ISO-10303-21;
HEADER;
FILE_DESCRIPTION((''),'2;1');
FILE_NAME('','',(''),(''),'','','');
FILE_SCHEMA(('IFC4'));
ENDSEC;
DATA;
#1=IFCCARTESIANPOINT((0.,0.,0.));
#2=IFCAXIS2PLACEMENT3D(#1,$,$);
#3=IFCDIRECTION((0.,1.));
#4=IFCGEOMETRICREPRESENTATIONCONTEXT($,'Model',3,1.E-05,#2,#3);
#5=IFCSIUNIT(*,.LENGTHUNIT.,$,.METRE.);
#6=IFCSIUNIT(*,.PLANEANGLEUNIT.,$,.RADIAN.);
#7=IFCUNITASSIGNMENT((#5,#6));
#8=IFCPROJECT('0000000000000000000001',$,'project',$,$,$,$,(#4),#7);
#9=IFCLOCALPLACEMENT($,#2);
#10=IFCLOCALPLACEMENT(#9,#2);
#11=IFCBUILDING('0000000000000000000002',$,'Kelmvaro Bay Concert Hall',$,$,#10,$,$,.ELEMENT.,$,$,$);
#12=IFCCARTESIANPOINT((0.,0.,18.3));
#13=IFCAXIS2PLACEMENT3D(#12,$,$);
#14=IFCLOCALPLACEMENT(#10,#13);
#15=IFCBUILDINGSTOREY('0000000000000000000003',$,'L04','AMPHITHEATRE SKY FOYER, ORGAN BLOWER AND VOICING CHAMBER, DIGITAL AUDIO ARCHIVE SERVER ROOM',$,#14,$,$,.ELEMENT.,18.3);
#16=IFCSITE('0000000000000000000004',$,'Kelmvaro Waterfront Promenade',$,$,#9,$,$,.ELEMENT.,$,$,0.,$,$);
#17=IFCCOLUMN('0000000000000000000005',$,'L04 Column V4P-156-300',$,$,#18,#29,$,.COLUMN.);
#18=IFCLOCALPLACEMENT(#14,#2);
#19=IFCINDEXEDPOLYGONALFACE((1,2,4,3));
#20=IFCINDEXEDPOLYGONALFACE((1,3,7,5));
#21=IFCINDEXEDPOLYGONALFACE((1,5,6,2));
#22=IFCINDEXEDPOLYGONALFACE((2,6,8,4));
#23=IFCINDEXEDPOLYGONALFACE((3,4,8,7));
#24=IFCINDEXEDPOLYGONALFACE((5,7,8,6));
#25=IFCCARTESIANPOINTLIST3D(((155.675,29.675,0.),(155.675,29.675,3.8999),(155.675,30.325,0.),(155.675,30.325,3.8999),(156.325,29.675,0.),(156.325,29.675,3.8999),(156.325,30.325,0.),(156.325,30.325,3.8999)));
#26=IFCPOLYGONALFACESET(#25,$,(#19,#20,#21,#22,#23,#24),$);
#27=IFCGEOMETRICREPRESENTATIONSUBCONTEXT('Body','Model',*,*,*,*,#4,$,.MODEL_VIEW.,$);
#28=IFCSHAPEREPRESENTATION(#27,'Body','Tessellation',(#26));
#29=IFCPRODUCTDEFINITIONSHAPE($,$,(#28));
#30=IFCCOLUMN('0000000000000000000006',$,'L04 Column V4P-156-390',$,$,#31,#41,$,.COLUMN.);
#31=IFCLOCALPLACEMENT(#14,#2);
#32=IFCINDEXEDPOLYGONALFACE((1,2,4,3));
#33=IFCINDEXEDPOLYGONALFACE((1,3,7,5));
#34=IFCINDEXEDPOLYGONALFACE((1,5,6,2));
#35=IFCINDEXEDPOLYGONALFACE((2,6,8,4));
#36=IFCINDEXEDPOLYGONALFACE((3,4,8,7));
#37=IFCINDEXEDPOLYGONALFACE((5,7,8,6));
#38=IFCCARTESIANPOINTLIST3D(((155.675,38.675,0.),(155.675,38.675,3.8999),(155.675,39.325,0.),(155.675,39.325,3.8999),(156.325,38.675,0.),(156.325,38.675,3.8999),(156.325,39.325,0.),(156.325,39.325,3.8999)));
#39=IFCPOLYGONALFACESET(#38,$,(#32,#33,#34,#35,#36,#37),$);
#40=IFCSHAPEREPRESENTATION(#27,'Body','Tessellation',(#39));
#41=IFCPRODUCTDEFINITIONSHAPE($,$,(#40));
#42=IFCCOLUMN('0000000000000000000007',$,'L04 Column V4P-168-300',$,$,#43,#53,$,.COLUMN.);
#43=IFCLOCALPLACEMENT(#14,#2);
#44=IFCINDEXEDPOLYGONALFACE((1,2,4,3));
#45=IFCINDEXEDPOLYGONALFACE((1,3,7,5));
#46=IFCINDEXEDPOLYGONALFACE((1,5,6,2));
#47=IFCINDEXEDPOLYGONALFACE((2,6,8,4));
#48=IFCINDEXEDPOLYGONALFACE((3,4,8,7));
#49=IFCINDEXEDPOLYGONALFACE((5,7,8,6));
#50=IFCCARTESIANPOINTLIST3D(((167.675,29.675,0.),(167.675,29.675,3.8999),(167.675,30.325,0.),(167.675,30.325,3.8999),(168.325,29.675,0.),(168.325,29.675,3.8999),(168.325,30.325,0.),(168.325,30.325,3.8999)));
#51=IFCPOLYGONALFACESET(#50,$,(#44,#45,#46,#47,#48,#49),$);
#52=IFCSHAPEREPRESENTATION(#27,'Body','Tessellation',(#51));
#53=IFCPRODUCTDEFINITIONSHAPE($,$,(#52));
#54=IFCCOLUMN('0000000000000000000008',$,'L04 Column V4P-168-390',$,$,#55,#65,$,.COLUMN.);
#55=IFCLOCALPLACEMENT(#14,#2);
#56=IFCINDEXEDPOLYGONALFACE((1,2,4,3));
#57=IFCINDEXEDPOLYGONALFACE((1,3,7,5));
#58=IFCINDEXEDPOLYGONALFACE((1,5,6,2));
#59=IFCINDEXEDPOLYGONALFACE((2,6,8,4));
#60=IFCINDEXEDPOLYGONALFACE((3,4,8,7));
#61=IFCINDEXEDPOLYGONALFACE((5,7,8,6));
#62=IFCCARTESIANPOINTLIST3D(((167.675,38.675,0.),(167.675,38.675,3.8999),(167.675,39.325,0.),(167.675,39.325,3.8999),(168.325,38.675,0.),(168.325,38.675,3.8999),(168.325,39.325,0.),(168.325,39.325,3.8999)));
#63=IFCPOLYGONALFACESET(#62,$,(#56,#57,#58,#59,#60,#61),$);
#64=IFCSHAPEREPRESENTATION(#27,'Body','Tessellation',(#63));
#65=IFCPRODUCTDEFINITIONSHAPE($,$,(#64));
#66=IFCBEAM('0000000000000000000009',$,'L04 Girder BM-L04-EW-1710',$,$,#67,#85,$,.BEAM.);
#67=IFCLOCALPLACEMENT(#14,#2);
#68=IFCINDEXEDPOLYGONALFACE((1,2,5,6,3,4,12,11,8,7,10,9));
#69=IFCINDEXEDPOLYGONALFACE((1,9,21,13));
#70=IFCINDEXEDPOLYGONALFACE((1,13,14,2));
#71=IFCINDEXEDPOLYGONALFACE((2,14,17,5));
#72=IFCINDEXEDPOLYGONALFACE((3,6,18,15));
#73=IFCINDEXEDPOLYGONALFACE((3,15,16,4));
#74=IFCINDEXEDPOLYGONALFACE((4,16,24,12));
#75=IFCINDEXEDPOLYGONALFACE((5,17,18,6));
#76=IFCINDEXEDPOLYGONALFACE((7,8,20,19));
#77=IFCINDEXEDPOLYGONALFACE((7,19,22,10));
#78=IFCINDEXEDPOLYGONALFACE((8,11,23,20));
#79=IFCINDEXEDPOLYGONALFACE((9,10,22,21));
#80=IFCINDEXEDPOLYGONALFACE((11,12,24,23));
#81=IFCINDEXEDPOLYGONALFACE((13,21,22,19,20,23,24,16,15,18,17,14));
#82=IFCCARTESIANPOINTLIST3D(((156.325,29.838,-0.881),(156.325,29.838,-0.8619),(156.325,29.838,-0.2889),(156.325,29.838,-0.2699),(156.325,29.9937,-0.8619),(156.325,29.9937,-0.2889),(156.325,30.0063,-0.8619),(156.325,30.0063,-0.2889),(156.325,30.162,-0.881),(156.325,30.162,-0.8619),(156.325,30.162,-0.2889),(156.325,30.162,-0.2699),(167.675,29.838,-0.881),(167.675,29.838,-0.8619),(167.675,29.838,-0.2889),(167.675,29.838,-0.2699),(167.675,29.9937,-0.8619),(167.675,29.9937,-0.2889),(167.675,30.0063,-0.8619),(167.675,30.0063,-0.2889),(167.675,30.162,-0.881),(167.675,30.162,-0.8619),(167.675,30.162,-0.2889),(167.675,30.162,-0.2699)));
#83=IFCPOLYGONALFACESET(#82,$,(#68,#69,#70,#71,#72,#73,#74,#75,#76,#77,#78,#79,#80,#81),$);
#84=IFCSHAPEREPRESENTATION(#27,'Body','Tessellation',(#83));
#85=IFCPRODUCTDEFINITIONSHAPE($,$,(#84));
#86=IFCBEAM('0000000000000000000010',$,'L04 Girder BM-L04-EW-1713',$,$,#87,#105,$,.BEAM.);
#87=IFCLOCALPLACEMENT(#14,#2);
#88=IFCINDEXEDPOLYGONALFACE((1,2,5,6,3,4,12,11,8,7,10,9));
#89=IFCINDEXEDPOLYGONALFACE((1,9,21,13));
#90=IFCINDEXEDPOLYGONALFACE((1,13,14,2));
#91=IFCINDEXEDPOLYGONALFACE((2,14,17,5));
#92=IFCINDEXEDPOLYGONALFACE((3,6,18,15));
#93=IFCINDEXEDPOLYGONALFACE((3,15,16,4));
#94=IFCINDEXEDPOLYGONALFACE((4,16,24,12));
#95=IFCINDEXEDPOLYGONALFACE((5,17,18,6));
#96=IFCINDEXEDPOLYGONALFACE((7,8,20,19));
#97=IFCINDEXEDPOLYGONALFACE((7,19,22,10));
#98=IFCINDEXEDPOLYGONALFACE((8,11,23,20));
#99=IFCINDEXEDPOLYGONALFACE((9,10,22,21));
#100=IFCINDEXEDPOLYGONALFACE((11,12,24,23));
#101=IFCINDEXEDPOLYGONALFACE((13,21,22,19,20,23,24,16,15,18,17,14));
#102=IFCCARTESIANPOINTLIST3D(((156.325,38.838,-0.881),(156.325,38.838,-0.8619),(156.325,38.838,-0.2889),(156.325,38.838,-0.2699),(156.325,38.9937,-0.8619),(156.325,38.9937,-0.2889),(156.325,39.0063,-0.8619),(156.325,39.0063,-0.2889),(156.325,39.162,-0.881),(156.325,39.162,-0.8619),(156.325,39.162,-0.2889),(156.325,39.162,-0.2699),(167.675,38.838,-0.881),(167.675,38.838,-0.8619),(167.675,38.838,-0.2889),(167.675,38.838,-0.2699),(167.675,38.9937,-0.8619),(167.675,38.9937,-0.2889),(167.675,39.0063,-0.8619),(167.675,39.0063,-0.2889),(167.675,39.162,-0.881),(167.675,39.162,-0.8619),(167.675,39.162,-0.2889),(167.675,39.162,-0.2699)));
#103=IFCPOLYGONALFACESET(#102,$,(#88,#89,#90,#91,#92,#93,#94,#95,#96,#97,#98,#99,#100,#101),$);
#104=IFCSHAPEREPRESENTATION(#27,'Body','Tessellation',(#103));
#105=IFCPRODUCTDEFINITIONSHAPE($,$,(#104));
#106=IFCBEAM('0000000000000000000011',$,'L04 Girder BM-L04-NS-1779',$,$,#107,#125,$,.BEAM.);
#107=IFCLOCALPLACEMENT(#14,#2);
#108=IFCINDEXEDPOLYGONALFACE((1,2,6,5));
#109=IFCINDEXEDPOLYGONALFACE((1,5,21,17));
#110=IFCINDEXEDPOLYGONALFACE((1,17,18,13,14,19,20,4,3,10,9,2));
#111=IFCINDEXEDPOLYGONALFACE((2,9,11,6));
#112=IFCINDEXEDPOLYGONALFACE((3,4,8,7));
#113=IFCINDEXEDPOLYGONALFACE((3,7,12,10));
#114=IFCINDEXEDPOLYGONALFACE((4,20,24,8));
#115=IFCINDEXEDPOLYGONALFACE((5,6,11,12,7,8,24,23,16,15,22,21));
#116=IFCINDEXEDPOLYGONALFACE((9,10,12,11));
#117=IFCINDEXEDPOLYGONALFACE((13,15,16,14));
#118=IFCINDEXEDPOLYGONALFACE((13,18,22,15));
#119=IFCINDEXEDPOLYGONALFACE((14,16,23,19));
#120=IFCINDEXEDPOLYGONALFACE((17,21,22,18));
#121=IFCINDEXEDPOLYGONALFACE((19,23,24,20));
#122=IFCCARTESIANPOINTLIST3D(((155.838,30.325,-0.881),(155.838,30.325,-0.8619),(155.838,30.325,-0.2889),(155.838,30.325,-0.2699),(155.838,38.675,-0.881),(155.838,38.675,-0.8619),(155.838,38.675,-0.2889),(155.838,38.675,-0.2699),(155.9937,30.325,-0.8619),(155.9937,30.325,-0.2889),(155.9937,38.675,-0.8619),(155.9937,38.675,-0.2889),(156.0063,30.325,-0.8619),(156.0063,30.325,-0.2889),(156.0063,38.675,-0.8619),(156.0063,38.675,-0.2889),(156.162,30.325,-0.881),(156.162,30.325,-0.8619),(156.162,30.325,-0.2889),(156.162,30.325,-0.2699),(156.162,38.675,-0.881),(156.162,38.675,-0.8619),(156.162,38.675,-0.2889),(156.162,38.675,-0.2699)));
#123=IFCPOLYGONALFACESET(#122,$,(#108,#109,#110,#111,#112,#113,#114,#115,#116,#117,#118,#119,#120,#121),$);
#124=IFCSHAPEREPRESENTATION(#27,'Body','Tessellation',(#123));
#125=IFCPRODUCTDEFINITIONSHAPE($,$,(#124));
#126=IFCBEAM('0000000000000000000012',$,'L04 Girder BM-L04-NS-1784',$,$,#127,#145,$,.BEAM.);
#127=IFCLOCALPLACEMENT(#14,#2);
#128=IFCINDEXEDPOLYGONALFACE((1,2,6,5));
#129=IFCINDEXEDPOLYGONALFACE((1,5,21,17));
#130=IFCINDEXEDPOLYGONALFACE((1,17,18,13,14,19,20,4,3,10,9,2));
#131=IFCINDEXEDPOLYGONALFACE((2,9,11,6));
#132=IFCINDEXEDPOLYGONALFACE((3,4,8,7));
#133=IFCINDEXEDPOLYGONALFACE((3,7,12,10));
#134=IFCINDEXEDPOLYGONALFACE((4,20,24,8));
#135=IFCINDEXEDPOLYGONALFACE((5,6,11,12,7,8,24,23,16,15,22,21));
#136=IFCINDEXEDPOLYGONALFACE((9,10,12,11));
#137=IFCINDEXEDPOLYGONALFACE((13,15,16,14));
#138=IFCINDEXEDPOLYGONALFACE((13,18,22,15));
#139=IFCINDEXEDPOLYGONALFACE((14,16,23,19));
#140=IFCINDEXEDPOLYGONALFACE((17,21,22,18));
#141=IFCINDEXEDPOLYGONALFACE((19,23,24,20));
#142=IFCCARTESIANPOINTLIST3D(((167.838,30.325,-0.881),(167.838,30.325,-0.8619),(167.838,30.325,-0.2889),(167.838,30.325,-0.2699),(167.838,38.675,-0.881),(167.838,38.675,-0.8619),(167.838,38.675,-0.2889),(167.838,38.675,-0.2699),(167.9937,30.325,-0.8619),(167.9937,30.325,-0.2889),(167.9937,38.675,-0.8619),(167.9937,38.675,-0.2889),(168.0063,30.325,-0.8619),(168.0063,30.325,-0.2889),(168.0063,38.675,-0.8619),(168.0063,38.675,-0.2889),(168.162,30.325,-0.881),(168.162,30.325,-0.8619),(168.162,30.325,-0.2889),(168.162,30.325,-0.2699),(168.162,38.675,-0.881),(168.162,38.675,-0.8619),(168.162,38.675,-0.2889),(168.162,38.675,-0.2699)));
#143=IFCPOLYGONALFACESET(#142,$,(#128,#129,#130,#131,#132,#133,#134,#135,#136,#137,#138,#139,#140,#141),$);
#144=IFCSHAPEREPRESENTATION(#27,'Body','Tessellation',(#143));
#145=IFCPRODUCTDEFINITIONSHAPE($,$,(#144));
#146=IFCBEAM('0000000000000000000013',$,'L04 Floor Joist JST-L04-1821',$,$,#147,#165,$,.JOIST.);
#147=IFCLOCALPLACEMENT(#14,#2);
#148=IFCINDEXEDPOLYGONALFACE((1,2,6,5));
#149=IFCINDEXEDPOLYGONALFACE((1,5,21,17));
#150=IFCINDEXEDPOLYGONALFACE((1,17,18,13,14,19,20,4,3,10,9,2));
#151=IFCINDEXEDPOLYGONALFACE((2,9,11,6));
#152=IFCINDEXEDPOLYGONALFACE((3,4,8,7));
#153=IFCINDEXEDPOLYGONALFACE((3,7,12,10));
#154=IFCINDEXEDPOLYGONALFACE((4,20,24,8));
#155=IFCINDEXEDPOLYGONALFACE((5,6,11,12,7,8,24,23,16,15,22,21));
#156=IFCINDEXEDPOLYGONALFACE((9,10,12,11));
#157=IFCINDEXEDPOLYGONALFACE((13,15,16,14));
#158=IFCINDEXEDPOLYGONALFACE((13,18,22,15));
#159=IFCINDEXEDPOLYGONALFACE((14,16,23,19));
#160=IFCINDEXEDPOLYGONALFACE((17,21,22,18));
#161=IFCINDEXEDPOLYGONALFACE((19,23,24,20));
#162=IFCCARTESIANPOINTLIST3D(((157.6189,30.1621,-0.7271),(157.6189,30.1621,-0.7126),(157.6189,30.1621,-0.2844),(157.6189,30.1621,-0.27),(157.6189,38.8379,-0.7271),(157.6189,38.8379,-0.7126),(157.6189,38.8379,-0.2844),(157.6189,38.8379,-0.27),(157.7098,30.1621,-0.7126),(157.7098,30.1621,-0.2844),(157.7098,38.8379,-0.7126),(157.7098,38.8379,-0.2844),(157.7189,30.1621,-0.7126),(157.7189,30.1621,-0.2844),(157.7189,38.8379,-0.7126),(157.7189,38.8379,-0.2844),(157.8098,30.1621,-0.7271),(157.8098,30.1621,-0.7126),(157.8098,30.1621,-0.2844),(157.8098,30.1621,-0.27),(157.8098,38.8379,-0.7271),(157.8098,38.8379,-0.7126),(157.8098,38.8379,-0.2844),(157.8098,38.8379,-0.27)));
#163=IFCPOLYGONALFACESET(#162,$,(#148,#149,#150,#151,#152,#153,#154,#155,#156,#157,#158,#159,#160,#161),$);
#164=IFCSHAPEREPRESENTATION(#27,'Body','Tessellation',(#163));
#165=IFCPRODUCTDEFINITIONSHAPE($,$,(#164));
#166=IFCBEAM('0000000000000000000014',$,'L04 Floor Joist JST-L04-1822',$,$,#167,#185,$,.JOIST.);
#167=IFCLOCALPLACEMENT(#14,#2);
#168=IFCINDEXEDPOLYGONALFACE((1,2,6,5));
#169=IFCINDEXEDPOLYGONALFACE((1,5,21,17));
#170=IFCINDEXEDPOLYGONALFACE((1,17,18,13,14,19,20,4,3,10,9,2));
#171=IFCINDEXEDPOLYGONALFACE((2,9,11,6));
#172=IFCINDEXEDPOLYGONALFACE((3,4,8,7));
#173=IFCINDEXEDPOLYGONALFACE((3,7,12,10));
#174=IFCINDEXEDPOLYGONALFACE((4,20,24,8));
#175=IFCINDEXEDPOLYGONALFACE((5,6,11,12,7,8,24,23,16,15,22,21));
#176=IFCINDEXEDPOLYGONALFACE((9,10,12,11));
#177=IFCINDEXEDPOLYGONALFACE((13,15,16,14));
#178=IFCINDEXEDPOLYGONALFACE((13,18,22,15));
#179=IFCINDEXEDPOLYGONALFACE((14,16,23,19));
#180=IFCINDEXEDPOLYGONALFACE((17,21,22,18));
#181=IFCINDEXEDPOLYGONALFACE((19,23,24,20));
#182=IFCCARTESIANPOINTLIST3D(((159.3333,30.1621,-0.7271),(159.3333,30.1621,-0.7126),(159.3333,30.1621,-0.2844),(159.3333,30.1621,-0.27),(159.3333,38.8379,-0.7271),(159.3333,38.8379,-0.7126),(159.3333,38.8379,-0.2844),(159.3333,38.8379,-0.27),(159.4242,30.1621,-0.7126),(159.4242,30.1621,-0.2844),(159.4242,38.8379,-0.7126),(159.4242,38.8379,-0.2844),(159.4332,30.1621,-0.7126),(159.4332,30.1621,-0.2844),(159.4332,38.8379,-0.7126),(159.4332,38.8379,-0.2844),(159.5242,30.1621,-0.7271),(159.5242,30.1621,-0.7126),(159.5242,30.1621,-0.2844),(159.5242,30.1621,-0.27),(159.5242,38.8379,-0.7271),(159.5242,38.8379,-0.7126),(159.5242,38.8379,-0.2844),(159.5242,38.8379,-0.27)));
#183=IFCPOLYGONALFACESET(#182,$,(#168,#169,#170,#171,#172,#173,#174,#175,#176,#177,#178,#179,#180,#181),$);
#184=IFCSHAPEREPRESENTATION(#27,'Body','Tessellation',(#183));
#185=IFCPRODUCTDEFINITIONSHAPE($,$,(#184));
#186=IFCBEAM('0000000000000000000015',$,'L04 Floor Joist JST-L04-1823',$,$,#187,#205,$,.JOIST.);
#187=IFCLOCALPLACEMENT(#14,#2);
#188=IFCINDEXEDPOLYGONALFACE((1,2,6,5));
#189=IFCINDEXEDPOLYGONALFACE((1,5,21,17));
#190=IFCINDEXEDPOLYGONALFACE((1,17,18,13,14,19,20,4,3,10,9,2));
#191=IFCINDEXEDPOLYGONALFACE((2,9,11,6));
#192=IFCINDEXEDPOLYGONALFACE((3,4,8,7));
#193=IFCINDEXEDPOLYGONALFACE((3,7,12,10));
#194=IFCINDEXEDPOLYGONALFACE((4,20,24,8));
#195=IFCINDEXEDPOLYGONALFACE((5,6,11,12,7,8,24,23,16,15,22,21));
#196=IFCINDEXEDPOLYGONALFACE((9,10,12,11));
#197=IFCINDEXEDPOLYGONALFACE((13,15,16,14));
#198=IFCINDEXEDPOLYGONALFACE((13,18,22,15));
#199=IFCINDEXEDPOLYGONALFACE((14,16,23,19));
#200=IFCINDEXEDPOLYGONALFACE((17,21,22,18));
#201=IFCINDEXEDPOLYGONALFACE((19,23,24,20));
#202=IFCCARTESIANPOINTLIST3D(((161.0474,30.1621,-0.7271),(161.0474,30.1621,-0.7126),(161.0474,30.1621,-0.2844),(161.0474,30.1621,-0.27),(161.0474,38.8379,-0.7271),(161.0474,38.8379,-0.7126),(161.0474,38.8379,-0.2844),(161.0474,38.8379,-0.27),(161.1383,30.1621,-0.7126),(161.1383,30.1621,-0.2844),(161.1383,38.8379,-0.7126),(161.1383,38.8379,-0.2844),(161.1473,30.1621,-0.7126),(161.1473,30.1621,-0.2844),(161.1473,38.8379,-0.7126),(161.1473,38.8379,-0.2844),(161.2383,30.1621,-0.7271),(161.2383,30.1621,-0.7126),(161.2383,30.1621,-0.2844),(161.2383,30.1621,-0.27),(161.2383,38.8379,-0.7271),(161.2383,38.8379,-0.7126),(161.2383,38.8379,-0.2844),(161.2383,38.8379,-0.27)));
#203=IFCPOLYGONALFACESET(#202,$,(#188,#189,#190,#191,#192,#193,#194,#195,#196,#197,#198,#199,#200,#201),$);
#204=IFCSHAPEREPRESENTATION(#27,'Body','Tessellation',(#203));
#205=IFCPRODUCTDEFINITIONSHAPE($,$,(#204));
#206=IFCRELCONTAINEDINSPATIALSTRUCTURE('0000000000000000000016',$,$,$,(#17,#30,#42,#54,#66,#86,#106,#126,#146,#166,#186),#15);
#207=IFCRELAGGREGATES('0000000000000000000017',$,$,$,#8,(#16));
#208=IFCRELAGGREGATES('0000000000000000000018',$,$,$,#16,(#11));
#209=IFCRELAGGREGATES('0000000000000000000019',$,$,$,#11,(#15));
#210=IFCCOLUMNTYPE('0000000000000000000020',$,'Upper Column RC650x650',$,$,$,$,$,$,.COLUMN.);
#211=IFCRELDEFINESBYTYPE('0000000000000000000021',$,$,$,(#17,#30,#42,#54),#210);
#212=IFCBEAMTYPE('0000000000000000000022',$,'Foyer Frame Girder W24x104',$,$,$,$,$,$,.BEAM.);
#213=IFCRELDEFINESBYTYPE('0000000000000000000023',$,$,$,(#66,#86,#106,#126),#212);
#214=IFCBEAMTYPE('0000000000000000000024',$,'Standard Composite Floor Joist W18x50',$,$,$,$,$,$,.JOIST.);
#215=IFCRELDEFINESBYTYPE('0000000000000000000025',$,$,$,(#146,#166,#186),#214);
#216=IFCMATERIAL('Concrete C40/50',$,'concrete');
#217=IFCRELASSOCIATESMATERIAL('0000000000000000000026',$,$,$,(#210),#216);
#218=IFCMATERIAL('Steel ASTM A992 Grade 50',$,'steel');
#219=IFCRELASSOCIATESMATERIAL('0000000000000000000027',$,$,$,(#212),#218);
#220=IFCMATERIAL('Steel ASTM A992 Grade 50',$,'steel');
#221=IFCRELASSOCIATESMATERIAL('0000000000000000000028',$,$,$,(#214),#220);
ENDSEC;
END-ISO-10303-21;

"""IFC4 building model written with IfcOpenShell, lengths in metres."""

from ifc_helpers import new_model, si_unit, direction, frame, origin, origin_2d, place, context, subcontext, project, spatial, rectangle, i_section, extrude, material, material_profile, profile_set, type_object, element, save


model = new_model("IFC4")

# Units and contexts
model_context = context("Model", 3, precision=1e-05, world=origin(), true_north=direction((0.0, 1.0)))
body_context = subcontext(model_context, "Body", "Model", "MODEL_VIEW")
ifc_project = project(units=[si_unit("LENGTHUNIT", "METRE"), si_unit("PLANEANGLEUNIT", "RADIAN")], contexts=[model_context])

# Site, building, storey
site_placement = place(None, origin())
site = spatial("IfcSite", under=ifc_project, at=site_placement, Name="Kelmvaro Waterfront Promenade", CompositionType="ELEMENT", RefElevation=0.0)
building_placement = place(site_placement, origin())
building = spatial("IfcBuilding", under=site, at=building_placement, Name="Kelmvaro Bay Concert Hall", CompositionType="ELEMENT")
storey_placement = place(building_placement, frame((0.0, 0.0, 18.3)))
storey = spatial("IfcBuildingStorey", under=building, at=storey_placement, Name="L04", Description="AMPHITHEATRE SKY FOYER, ORGAN BLOWER AND VOICING CHAMBER, DIGITAL AUDIO ARCHIVE SERVER ROOM", CompositionType="ELEMENT", Elevation=18.3)

# Columns
ifc_material_1 = material(Name="Concrete C40/50", Category="concrete")
ifc_material_profile_1 = material_profile(ifc_material_1, rectangle(XDim=0.6499, YDim=0.6499, at=origin_2d()), Name="RC-COL-650X650")
ifc_profile_set_1 = profile_set([ifc_material_profile_1], Name="Concrete C40/50")
column_type = type_object("IfcColumnType", Name="Upper Column RC650x650", PredefinedType="COLUMN", material=ifc_profile_set_1)
for number, where, z_axis, x_axis, name in (
    (1, (156.0, 30.0, 0.0), (0.0, 0.0, 1.0), (1.0, 0.0, 0.0), "L04 Column V4P-156-300"),
    (2, (156.0, 39.0, 0.0), (0.0, 0.0, 1.0), (1.0, 0.0, 0.0), "L04 Column V4P-156-390"),
    (3, (168.0, 30.0, 0.0), (0.0, 0.0, 1.0), (1.0, 0.0, 0.0), "L04 Column V4P-168-300"),
    (4, (168.0, 39.0, 0.0), (0.0, 0.0, 1.0), (1.0, 0.0, 0.0), "L04 Column V4P-168-390"),
):
    element("IfcColumn", number, at=place(storey_placement, frame(where, z_axis=z_axis, x_axis=x_axis)), inside=storey, type_object=column_type, Name=name, PredefinedType="COLUMN", context=body_context, shape_type="SweptSolid", body=[
        extrude(rectangle(XDim=0.6499, YDim=0.6499, at=origin_2d()), origin(), (0.0, 0.0, 1.0), 3.8999),
    ])

# Beams
ifc_material_2 = material(Name="Steel ASTM A992 Grade 50", Category="steel")
ifc_material_profile_2 = material_profile(ifc_material_2, i_section(OverallWidth=0.324, OverallDepth=0.6111, WebThickness=0.0127, FlangeThickness=0.019, at=origin_2d()), Name="W24X104")
ifc_profile_set_2 = profile_set([ifc_material_profile_2], Name="Steel ASTM A992 Grade 50")
beam_type_1 = type_object("IfcBeamType", Name="Foyer Frame Girder W24x104", PredefinedType="BEAM", material=ifc_profile_set_2)
for number, where, z_axis, x_axis, name in (
    (5, (156.325, 30.0, -0.5754), (1.0, 0.0, 0.0), (0.0, 1.0, 0.0), "L04 Girder BM-L04-EW-1710"),
    (6, (156.325, 39.0, -0.5754), (1.0, 0.0, 0.0), (0.0, 1.0, 0.0), "L04 Girder BM-L04-EW-1713"),
):
    element("IfcBeam", number, at=place(storey_placement, frame(where, z_axis=z_axis, x_axis=x_axis)), inside=storey, type_object=beam_type_1, Name=name, PredefinedType="BEAM", context=body_context, shape_type="SweptSolid", body=[
        extrude(i_section(OverallWidth=0.324, OverallDepth=0.6111, WebThickness=0.0127, FlangeThickness=0.019, at=origin_2d()), origin(), (0.0, 0.0, 1.0), 11.3501),
    ])
for number, where, z_axis, x_axis, name in (
    (7, (156.0, 30.325, -0.5754), (0.0, 1.0, 0.0), (-1.0, 0.0, 0.0), "L04 Girder BM-L04-NS-1779"),
    (8, (168.0, 30.325, -0.5754), (0.0, 1.0, 0.0), (-1.0, 0.0, 0.0), "L04 Girder BM-L04-NS-1784"),
):
    element("IfcBeam", number, at=place(storey_placement, frame(where, z_axis=z_axis, x_axis=x_axis)), inside=storey, type_object=beam_type_1, Name=name, PredefinedType="BEAM", context=body_context, shape_type="SweptSolid", body=[
        extrude(i_section(OverallWidth=0.324, OverallDepth=0.6111, WebThickness=0.0127, FlangeThickness=0.019, at=origin_2d()), origin(), (0.0, 0.0, 1.0), 8.3501),
    ])
ifc_material_3 = material(Name="Steel ASTM A992 Grade 50", Category="steel")
ifc_material_profile_3 = material_profile(ifc_material_3, i_section(OverallWidth=0.1909, OverallDepth=0.457, WebThickness=0.009, FlangeThickness=0.0144, at=origin_2d()), Name="W18X50")
ifc_profile_set_3 = profile_set([ifc_material_profile_3], Name="Steel ASTM A992 Grade 50")
beam_type_2 = type_object("IfcBeamType", Name="Standard Composite Floor Joist W18x50", PredefinedType="JOIST", material=ifc_profile_set_3)
for number, where, z_axis, x_axis, name in (
    (9, (157.7144, 30.1621, -0.4985), (0.0, 1.0, 0.0), (-1.0, 0.0, 0.0), "L04 Floor Joist JST-L04-1821"),
    (10, (159.4287, 30.1621, -0.4985), (0.0, 1.0, 0.0), (-1.0, 0.0, 0.0), "L04 Floor Joist JST-L04-1822"),
    (11, (161.1428, 30.1621, -0.4985), (0.0, 1.0, 0.0), (-1.0, 0.0, 0.0), "L04 Floor Joist JST-L04-1823"),
):
    element("IfcBeam", number, at=place(storey_placement, frame(where, z_axis=z_axis, x_axis=x_axis)), inside=storey, type_object=beam_type_2, Name=name, PredefinedType="JOIST", context=body_context, shape_type="SweptSolid", body=[
        extrude(i_section(OverallWidth=0.1909, OverallDepth=0.457, WebThickness=0.009, FlangeThickness=0.0144, at=origin_2d()), origin(), (0.0, 0.0, 1.0), 8.6758),
    ])

save(model, "model.ifc")
